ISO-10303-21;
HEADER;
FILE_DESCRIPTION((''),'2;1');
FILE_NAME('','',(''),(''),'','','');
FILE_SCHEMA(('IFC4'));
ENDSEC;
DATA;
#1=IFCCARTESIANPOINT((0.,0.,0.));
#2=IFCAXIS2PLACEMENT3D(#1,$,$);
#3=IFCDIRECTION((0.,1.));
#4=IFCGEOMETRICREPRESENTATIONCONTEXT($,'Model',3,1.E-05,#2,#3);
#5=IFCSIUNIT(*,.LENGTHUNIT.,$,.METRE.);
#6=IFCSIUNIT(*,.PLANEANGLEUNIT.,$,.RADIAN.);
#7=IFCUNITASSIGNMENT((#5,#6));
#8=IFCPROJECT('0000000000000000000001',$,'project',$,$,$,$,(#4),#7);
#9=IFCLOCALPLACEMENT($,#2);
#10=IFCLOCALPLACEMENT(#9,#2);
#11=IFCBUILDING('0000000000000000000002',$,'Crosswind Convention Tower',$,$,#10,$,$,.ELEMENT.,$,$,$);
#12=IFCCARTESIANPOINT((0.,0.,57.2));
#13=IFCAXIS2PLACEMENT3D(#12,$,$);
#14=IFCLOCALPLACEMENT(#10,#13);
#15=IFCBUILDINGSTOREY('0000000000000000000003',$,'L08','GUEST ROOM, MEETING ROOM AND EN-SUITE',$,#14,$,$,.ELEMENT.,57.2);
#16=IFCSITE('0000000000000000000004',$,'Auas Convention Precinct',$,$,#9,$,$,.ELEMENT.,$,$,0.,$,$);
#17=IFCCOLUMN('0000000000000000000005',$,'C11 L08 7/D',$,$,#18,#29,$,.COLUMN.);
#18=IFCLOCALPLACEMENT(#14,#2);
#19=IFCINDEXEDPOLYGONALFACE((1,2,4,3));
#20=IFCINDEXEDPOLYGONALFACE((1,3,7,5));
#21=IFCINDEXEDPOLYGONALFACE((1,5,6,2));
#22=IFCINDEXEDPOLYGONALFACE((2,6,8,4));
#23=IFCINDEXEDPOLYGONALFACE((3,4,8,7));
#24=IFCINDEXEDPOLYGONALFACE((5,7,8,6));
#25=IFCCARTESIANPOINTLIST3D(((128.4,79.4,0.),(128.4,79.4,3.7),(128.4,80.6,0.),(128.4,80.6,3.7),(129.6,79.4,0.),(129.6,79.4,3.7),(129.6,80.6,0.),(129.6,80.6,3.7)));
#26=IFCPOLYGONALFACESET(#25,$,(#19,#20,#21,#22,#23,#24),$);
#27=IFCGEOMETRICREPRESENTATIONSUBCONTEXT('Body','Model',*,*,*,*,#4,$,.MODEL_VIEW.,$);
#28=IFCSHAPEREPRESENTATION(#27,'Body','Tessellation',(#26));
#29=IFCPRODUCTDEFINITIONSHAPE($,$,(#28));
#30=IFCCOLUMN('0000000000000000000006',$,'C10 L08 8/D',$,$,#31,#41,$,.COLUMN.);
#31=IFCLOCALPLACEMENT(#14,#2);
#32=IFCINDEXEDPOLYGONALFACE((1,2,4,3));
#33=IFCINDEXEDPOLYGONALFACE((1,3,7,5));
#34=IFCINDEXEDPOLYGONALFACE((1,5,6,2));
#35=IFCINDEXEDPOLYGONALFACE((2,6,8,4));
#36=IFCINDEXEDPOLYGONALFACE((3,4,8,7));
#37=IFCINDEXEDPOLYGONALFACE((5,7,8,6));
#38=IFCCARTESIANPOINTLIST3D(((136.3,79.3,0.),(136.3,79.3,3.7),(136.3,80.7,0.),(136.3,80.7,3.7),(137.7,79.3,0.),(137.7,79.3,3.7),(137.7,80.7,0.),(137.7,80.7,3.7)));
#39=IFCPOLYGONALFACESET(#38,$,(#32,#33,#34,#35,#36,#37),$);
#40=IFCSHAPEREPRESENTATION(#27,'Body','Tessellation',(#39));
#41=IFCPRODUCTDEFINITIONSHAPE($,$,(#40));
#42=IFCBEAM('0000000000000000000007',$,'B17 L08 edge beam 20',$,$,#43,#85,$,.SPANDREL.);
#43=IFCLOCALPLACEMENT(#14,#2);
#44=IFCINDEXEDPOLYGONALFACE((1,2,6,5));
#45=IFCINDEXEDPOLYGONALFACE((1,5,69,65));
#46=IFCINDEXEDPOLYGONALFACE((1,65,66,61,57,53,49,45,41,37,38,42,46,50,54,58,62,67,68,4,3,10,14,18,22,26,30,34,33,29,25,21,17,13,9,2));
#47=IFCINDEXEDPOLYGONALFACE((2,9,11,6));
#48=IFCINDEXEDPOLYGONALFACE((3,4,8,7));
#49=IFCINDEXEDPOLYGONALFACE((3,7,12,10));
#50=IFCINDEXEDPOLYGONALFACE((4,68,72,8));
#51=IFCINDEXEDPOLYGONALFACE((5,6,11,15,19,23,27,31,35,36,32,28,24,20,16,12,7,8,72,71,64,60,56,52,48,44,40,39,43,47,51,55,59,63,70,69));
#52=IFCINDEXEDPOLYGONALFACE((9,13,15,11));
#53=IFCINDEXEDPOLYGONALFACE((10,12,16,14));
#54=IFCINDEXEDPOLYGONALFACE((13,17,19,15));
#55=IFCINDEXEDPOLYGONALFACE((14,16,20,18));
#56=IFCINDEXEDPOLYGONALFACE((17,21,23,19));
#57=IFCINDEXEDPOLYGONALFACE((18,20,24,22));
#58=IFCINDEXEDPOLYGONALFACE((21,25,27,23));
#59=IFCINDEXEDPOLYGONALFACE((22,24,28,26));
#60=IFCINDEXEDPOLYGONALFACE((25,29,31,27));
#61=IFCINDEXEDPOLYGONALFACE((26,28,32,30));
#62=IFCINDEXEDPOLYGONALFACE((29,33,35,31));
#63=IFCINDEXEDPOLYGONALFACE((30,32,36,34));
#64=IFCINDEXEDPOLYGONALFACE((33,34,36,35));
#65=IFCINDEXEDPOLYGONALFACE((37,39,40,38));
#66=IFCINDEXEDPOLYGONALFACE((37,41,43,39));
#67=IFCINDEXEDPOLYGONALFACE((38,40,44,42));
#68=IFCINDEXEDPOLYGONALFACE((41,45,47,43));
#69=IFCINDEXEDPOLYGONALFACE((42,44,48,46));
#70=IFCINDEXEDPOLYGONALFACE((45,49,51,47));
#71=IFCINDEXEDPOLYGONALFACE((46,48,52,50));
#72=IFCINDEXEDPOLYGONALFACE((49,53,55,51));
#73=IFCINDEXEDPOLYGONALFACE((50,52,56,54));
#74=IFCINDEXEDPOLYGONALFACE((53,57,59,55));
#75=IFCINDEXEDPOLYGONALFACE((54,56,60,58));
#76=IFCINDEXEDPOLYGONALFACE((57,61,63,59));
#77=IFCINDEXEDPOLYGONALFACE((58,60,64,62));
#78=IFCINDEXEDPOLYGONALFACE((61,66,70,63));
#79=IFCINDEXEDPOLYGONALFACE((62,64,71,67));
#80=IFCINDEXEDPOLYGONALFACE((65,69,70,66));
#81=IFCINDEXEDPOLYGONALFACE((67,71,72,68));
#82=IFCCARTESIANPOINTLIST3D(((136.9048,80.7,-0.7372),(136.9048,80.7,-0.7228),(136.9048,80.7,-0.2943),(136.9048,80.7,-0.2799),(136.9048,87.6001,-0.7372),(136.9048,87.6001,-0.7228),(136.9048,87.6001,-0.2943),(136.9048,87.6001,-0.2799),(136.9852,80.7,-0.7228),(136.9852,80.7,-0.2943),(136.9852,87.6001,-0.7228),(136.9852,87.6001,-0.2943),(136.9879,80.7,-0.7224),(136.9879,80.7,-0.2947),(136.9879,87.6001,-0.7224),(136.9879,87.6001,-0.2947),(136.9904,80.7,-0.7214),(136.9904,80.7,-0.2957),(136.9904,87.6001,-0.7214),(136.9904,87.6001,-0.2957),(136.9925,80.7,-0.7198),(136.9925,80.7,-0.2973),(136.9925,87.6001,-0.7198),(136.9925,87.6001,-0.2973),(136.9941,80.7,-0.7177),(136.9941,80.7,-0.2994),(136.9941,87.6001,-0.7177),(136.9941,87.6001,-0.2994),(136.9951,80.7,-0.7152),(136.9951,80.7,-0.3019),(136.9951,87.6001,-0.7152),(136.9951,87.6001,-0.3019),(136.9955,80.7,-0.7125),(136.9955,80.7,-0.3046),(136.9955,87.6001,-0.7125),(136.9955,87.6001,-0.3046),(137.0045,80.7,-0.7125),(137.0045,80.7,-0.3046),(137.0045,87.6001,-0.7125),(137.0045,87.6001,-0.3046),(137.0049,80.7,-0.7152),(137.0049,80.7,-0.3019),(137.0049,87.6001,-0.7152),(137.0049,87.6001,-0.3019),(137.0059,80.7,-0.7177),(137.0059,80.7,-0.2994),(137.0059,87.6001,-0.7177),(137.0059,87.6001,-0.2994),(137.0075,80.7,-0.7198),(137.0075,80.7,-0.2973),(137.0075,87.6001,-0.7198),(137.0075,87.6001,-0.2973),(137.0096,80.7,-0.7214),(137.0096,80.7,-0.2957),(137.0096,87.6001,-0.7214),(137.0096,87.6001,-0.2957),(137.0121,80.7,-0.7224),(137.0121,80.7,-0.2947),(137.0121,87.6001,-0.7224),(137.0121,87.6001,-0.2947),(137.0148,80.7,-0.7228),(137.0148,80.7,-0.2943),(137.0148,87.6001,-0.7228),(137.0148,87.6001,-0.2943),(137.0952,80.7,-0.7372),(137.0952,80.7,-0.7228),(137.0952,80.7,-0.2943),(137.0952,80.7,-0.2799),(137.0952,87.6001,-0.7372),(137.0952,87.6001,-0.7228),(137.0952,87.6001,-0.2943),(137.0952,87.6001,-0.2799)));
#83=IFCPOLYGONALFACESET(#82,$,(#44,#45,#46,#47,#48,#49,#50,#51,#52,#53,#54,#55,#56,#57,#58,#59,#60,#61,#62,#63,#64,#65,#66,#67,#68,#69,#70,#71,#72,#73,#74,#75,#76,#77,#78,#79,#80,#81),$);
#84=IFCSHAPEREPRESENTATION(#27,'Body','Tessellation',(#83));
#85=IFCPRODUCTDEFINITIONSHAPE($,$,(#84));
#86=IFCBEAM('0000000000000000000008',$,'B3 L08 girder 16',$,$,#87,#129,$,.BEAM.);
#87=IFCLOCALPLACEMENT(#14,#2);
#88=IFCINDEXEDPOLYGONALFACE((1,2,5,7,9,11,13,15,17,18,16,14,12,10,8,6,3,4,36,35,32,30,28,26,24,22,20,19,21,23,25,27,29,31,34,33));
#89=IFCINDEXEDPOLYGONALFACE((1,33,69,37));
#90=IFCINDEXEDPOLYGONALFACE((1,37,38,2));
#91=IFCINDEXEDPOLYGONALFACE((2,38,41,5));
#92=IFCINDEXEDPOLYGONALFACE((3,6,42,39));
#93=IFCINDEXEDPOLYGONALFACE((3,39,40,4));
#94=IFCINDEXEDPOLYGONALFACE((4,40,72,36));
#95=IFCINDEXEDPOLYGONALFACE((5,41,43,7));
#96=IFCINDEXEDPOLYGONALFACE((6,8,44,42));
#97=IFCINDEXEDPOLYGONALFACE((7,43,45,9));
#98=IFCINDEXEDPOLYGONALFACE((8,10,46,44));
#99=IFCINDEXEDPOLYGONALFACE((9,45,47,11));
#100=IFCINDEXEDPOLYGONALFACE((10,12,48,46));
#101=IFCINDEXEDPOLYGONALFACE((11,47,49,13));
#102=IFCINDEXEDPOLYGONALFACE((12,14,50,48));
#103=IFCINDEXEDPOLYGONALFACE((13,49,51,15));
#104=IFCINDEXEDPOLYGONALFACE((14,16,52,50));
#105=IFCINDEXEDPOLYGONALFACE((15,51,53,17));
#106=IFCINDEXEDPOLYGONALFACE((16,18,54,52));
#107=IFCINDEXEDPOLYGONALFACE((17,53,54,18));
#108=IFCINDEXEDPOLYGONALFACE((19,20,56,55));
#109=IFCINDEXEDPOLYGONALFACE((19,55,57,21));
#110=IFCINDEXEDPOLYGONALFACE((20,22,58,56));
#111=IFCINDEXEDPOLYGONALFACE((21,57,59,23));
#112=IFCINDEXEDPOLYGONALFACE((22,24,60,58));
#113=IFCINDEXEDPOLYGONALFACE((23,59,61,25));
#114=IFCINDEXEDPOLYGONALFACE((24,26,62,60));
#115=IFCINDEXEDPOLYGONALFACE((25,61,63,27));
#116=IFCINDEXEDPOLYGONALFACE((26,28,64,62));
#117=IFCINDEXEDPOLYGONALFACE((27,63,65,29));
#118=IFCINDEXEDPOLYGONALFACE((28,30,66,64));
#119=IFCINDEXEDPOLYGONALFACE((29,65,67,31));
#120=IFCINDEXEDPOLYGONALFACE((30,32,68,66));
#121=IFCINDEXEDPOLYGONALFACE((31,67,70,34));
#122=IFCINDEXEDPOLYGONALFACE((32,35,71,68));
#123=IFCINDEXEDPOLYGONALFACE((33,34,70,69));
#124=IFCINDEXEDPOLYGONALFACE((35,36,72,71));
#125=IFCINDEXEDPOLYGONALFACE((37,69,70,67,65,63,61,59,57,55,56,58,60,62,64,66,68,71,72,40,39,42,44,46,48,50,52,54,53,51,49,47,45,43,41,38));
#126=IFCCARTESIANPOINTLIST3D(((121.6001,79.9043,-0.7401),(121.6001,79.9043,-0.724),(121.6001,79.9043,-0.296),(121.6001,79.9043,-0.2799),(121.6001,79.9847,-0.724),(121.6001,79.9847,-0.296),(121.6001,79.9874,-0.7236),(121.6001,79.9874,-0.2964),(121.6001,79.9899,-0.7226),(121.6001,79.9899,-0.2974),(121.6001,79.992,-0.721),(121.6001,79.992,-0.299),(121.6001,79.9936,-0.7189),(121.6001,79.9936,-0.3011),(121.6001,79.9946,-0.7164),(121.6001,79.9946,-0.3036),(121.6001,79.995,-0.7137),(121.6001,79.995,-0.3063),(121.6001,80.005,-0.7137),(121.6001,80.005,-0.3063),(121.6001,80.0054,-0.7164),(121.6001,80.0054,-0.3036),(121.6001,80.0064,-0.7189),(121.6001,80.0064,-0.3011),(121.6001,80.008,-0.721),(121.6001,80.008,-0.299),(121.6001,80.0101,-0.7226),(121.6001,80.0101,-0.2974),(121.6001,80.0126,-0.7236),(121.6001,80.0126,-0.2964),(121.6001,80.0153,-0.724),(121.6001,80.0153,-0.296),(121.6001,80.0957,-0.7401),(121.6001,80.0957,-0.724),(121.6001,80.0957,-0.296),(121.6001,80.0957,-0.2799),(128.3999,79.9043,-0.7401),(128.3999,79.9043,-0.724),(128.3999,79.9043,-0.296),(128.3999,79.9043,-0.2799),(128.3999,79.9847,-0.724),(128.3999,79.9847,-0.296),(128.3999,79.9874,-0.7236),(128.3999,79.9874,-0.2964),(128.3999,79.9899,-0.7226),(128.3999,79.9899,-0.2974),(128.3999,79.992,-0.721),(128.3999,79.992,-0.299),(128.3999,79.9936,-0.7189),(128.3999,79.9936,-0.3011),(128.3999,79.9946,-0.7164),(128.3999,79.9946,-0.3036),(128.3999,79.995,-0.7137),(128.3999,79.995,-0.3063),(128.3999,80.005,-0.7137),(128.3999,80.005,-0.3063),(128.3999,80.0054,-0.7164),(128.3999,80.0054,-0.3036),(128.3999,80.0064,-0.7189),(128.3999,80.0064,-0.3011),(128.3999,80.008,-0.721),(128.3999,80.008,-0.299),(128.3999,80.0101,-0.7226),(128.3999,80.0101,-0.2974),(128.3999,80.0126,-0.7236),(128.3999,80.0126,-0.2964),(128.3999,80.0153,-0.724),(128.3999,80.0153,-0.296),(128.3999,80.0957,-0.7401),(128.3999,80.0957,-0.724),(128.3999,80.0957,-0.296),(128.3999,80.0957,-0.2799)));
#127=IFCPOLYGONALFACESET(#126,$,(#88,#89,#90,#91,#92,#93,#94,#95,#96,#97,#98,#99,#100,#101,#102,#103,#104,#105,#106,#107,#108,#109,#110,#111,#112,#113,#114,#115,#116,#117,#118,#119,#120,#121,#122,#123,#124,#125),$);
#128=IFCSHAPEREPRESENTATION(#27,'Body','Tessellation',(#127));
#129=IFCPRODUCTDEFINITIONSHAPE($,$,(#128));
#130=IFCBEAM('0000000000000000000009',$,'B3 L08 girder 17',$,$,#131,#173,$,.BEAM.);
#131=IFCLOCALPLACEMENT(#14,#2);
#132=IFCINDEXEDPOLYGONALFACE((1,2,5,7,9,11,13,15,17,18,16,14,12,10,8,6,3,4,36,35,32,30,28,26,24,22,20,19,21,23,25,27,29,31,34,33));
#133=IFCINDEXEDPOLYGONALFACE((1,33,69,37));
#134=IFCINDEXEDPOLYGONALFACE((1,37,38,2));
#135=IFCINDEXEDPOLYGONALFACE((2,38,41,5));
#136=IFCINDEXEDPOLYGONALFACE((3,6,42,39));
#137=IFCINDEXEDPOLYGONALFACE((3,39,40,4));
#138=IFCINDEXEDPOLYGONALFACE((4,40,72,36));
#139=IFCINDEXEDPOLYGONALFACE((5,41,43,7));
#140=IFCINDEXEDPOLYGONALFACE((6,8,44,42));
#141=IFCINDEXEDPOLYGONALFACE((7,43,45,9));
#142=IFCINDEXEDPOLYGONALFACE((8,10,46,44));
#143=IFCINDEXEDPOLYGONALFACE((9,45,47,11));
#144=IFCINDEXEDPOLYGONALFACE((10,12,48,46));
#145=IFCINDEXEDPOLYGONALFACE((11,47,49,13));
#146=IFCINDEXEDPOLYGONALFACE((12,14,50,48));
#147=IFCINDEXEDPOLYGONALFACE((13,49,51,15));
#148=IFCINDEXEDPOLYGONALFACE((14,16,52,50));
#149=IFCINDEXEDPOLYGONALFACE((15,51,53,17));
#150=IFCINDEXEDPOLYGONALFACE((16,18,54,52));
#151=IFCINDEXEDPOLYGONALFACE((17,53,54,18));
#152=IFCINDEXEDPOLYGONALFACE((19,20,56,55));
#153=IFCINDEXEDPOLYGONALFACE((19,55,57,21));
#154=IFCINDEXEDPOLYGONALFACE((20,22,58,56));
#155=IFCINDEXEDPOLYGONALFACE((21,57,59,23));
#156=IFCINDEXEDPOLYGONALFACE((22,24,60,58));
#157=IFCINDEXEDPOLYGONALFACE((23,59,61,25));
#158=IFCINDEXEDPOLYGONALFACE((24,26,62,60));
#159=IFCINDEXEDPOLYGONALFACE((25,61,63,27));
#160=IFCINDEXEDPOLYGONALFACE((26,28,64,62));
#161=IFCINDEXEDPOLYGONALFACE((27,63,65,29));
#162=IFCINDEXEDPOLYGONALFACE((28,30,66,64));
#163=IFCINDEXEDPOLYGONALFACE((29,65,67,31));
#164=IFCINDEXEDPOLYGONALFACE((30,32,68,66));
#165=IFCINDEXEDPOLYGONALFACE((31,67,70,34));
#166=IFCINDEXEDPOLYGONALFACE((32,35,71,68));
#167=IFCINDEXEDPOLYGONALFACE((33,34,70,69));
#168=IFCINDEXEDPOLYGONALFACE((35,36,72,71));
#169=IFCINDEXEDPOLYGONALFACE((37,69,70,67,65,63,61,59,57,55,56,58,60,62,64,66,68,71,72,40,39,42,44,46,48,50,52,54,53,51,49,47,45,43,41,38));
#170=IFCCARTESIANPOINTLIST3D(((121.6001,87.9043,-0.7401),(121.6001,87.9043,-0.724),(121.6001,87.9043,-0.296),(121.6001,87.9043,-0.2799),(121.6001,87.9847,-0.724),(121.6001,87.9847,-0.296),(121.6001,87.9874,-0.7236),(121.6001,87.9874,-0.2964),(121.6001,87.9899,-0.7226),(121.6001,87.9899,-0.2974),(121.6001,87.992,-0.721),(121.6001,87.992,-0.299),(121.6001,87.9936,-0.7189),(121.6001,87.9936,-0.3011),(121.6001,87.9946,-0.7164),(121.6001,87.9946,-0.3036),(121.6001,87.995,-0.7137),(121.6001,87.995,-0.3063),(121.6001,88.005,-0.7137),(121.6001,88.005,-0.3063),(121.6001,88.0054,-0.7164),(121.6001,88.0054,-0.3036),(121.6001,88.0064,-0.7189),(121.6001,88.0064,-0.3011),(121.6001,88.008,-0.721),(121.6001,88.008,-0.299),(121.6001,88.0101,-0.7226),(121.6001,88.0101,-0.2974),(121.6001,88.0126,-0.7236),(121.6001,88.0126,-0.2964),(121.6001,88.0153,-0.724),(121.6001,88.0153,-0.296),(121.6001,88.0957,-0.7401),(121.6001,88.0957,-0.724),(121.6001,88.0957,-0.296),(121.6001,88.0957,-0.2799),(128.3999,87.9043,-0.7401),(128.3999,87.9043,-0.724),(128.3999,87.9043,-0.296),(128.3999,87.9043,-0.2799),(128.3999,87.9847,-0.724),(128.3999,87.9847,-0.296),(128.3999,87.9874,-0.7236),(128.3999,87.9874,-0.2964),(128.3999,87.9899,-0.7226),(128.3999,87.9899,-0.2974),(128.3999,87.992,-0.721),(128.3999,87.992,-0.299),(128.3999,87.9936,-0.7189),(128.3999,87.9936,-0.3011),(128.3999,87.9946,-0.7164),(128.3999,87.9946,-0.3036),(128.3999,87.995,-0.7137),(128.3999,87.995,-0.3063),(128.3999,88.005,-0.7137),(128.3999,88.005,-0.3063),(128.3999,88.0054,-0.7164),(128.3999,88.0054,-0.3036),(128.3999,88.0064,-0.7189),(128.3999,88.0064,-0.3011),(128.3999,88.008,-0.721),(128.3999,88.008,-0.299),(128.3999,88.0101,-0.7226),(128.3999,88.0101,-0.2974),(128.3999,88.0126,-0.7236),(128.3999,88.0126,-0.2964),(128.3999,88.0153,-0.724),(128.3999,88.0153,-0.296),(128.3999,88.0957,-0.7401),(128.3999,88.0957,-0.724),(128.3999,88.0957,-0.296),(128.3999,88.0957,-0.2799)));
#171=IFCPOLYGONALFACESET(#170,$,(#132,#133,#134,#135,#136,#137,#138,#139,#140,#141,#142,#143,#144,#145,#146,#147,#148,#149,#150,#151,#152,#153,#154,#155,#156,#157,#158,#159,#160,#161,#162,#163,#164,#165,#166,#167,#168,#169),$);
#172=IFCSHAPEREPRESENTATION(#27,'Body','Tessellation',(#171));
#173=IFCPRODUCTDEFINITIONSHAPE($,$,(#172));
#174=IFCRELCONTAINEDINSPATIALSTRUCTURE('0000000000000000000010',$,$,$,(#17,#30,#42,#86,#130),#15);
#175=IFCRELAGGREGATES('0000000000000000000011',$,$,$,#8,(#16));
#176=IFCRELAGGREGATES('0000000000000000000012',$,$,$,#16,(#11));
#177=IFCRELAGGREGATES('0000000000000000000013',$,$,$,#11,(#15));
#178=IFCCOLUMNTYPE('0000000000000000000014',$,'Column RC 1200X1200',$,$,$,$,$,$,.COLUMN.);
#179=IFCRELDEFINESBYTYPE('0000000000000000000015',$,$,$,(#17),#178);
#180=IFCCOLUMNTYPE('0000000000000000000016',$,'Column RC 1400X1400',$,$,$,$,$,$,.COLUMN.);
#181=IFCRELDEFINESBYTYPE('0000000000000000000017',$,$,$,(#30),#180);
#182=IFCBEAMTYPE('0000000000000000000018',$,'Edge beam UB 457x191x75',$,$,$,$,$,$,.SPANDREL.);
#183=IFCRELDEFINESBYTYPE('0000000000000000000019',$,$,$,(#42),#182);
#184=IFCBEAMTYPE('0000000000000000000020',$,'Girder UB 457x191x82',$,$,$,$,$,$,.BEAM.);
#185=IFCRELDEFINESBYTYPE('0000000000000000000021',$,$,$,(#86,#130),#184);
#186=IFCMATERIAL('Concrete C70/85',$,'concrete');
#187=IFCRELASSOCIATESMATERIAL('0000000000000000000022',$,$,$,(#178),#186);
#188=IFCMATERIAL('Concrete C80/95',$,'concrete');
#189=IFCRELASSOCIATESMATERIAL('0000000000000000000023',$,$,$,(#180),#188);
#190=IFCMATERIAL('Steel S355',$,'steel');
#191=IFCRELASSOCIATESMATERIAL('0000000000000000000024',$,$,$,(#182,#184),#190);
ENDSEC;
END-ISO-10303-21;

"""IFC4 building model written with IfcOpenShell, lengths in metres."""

from ifc_helpers import new_model, si_unit, direction, frame, origin, origin_2d, place, context, subcontext, project, spatial, rectangle, i_section, extrude, material, material_profile, profile_set, type_object, element, save


model = new_model("IFC4")

# Units and contexts
model_context = context("Model", 3, precision=1e-05, world=origin(), true_north=direction((0.0, 1.0)))
body_context = subcontext(model_context, "Body", "Model", "MODEL_VIEW")
ifc_project = project(units=[si_unit("LENGTHUNIT", "METRE"), si_unit("PLANEANGLEUNIT", "RADIAN")], contexts=[model_context])

# Site, building, storey
site_placement = place(None, origin())
site = spatial("IfcSite", under=ifc_project, at=site_placement, Name="Auas Convention Precinct", CompositionType="ELEMENT", RefElevation=0.0)
building_placement = place(site_placement, origin())
building = spatial("IfcBuilding", under=site, at=building_placement, Name="Crosswind Convention Tower", CompositionType="ELEMENT")
storey_placement = place(building_placement, frame((0.0, 0.0, 57.2)))
storey = spatial("IfcBuildingStorey", under=building, at=storey_placement, Name="L08", Description="GUEST ROOM, MEETING ROOM AND EN-SUITE", CompositionType="ELEMENT", Elevation=57.2)

# Columns
ifc_material_1 = material(Name="Concrete C70/85", Category="concrete")
ifc_material_profile_1 = material_profile(ifc_material_1, rectangle(XDim=1.2, YDim=1.2, at=origin_2d()), Name="RC 1200X1200")
ifc_profile_set_1 = profile_set([ifc_material_profile_1], Name="Concrete C70/85")
column_type_1 = type_object("IfcColumnType", Name="Column RC 1200X1200", PredefinedType="COLUMN", material=ifc_profile_set_1)
column_1_placement = place(storey_placement, frame((129.0, 80.0, 0.0), z_axis=(0.0, 0.0, 1.0), x_axis=(1.0, 0.0, 0.0)))
element("IfcColumn", 1, at=column_1_placement, inside=storey, type_object=column_type_1, Name="C11 L08 7/D", PredefinedType="COLUMN", context=body_context, shape_type="SweptSolid", body=[
    extrude(rectangle(XDim=1.2, YDim=1.2, at=origin_2d()), origin(), (0.0, 0.0, 1.0), 3.7),
])
ifc_material_2 = material(Name="Concrete C80/95", Category="concrete")
ifc_material_profile_2 = material_profile(ifc_material_2, rectangle(XDim=1.3999, YDim=1.3999, at=origin_2d()), Name="RC 1400X1400")
ifc_profile_set_2 = profile_set([ifc_material_profile_2], Name="Concrete C80/95")
column_type_2 = type_object("IfcColumnType", Name="Column RC 1400X1400", PredefinedType="COLUMN", material=ifc_profile_set_2)
column_2_placement = place(storey_placement, frame((137.0, 80.0, 0.0), z_axis=(0.0, 0.0, 1.0), x_axis=(1.0, 0.0, 0.0)))
element("IfcColumn", 2, at=column_2_placement, inside=storey, type_object=column_type_2, Name="C10 L08 8/D", PredefinedType="COLUMN", context=body_context, shape_type="SweptSolid", body=[
    extrude(rectangle(XDim=1.3999, YDim=1.3999, at=origin_2d()), origin(), (0.0, 0.0, 1.0), 3.7),
])

# Beams
ifc_material_3 = material(Name="Steel S355", Category="steel")
ifc_material_profile_3 = material_profile(ifc_material_3, i_section(OverallWidth=0.1904, OverallDepth=0.4573, WebThickness=0.009, FlangeThickness=0.0144, FilletRadius=0.0103, at=origin_2d()), Name="UB 457x191x75")
ifc_profile_set_3 = profile_set([ifc_material_profile_3], Name="Steel S355")
beam_type_1 = type_object("IfcBeamType", Name="Edge beam UB 457x191x75", PredefinedType="SPANDREL", material=ifc_profile_set_3)
beam_1_placement = place(storey_placement, frame((137.0, 80.7, -0.5085), z_axis=(0.0, 1.0, 0.0), x_axis=(-1.0, 0.0, 0.0)))
element("IfcBeam", 3, at=beam_1_placement, inside=storey, type_object=beam_type_1, Name="B17 L08 edge beam 20", PredefinedType="SPANDREL", context=body_context, shape_type="SweptSolid", body=[
    extrude(i_section(OverallWidth=0.1904, OverallDepth=0.4573, WebThickness=0.009, FlangeThickness=0.0144, FilletRadius=0.0103, at=origin_2d()), origin(), (0.0, 0.0, 1.0), 6.9001),
])
ifc_material_profile_4 = material_profile(ifc_material_3, i_section(OverallWidth=0.1914, OverallDepth=0.4602, WebThickness=0.01, FlangeThickness=0.0161, FilletRadius=0.0103, at=origin_2d()), Name="UB 457x191x82")
ifc_profile_set_4 = profile_set([ifc_material_profile_4], Name="Steel S355")
beam_type_2 = type_object("IfcBeamType", Name="Girder UB 457x191x82", PredefinedType="BEAM", material=ifc_profile_set_4)
for number, where, z_axis, x_axis, name in (
    (4, (121.6001, 80.0, -0.51), (1.0, 0.0, 0.0), (0.0, 1.0, 0.0), "B3 L08 girder 16"),
    (5, (121.6001, 88.0, -0.51), (1.0, 0.0, 0.0), (0.0, 1.0, 0.0), "B3 L08 girder 17"),
):
    element("IfcBeam", number, at=place(storey_placement, frame(where, z_axis=z_axis, x_axis=x_axis)), inside=storey, type_object=beam_type_2, Name=name, PredefinedType="BEAM", context=body_context, shape_type="SweptSolid", body=[
        extrude(i_section(OverallWidth=0.1914, OverallDepth=0.4602, WebThickness=0.01, FlangeThickness=0.0161, FilletRadius=0.0103, at=origin_2d()), origin(), (0.0, 0.0, 1.0), 6.7998),
    ])

save(model, "model.ifc")
